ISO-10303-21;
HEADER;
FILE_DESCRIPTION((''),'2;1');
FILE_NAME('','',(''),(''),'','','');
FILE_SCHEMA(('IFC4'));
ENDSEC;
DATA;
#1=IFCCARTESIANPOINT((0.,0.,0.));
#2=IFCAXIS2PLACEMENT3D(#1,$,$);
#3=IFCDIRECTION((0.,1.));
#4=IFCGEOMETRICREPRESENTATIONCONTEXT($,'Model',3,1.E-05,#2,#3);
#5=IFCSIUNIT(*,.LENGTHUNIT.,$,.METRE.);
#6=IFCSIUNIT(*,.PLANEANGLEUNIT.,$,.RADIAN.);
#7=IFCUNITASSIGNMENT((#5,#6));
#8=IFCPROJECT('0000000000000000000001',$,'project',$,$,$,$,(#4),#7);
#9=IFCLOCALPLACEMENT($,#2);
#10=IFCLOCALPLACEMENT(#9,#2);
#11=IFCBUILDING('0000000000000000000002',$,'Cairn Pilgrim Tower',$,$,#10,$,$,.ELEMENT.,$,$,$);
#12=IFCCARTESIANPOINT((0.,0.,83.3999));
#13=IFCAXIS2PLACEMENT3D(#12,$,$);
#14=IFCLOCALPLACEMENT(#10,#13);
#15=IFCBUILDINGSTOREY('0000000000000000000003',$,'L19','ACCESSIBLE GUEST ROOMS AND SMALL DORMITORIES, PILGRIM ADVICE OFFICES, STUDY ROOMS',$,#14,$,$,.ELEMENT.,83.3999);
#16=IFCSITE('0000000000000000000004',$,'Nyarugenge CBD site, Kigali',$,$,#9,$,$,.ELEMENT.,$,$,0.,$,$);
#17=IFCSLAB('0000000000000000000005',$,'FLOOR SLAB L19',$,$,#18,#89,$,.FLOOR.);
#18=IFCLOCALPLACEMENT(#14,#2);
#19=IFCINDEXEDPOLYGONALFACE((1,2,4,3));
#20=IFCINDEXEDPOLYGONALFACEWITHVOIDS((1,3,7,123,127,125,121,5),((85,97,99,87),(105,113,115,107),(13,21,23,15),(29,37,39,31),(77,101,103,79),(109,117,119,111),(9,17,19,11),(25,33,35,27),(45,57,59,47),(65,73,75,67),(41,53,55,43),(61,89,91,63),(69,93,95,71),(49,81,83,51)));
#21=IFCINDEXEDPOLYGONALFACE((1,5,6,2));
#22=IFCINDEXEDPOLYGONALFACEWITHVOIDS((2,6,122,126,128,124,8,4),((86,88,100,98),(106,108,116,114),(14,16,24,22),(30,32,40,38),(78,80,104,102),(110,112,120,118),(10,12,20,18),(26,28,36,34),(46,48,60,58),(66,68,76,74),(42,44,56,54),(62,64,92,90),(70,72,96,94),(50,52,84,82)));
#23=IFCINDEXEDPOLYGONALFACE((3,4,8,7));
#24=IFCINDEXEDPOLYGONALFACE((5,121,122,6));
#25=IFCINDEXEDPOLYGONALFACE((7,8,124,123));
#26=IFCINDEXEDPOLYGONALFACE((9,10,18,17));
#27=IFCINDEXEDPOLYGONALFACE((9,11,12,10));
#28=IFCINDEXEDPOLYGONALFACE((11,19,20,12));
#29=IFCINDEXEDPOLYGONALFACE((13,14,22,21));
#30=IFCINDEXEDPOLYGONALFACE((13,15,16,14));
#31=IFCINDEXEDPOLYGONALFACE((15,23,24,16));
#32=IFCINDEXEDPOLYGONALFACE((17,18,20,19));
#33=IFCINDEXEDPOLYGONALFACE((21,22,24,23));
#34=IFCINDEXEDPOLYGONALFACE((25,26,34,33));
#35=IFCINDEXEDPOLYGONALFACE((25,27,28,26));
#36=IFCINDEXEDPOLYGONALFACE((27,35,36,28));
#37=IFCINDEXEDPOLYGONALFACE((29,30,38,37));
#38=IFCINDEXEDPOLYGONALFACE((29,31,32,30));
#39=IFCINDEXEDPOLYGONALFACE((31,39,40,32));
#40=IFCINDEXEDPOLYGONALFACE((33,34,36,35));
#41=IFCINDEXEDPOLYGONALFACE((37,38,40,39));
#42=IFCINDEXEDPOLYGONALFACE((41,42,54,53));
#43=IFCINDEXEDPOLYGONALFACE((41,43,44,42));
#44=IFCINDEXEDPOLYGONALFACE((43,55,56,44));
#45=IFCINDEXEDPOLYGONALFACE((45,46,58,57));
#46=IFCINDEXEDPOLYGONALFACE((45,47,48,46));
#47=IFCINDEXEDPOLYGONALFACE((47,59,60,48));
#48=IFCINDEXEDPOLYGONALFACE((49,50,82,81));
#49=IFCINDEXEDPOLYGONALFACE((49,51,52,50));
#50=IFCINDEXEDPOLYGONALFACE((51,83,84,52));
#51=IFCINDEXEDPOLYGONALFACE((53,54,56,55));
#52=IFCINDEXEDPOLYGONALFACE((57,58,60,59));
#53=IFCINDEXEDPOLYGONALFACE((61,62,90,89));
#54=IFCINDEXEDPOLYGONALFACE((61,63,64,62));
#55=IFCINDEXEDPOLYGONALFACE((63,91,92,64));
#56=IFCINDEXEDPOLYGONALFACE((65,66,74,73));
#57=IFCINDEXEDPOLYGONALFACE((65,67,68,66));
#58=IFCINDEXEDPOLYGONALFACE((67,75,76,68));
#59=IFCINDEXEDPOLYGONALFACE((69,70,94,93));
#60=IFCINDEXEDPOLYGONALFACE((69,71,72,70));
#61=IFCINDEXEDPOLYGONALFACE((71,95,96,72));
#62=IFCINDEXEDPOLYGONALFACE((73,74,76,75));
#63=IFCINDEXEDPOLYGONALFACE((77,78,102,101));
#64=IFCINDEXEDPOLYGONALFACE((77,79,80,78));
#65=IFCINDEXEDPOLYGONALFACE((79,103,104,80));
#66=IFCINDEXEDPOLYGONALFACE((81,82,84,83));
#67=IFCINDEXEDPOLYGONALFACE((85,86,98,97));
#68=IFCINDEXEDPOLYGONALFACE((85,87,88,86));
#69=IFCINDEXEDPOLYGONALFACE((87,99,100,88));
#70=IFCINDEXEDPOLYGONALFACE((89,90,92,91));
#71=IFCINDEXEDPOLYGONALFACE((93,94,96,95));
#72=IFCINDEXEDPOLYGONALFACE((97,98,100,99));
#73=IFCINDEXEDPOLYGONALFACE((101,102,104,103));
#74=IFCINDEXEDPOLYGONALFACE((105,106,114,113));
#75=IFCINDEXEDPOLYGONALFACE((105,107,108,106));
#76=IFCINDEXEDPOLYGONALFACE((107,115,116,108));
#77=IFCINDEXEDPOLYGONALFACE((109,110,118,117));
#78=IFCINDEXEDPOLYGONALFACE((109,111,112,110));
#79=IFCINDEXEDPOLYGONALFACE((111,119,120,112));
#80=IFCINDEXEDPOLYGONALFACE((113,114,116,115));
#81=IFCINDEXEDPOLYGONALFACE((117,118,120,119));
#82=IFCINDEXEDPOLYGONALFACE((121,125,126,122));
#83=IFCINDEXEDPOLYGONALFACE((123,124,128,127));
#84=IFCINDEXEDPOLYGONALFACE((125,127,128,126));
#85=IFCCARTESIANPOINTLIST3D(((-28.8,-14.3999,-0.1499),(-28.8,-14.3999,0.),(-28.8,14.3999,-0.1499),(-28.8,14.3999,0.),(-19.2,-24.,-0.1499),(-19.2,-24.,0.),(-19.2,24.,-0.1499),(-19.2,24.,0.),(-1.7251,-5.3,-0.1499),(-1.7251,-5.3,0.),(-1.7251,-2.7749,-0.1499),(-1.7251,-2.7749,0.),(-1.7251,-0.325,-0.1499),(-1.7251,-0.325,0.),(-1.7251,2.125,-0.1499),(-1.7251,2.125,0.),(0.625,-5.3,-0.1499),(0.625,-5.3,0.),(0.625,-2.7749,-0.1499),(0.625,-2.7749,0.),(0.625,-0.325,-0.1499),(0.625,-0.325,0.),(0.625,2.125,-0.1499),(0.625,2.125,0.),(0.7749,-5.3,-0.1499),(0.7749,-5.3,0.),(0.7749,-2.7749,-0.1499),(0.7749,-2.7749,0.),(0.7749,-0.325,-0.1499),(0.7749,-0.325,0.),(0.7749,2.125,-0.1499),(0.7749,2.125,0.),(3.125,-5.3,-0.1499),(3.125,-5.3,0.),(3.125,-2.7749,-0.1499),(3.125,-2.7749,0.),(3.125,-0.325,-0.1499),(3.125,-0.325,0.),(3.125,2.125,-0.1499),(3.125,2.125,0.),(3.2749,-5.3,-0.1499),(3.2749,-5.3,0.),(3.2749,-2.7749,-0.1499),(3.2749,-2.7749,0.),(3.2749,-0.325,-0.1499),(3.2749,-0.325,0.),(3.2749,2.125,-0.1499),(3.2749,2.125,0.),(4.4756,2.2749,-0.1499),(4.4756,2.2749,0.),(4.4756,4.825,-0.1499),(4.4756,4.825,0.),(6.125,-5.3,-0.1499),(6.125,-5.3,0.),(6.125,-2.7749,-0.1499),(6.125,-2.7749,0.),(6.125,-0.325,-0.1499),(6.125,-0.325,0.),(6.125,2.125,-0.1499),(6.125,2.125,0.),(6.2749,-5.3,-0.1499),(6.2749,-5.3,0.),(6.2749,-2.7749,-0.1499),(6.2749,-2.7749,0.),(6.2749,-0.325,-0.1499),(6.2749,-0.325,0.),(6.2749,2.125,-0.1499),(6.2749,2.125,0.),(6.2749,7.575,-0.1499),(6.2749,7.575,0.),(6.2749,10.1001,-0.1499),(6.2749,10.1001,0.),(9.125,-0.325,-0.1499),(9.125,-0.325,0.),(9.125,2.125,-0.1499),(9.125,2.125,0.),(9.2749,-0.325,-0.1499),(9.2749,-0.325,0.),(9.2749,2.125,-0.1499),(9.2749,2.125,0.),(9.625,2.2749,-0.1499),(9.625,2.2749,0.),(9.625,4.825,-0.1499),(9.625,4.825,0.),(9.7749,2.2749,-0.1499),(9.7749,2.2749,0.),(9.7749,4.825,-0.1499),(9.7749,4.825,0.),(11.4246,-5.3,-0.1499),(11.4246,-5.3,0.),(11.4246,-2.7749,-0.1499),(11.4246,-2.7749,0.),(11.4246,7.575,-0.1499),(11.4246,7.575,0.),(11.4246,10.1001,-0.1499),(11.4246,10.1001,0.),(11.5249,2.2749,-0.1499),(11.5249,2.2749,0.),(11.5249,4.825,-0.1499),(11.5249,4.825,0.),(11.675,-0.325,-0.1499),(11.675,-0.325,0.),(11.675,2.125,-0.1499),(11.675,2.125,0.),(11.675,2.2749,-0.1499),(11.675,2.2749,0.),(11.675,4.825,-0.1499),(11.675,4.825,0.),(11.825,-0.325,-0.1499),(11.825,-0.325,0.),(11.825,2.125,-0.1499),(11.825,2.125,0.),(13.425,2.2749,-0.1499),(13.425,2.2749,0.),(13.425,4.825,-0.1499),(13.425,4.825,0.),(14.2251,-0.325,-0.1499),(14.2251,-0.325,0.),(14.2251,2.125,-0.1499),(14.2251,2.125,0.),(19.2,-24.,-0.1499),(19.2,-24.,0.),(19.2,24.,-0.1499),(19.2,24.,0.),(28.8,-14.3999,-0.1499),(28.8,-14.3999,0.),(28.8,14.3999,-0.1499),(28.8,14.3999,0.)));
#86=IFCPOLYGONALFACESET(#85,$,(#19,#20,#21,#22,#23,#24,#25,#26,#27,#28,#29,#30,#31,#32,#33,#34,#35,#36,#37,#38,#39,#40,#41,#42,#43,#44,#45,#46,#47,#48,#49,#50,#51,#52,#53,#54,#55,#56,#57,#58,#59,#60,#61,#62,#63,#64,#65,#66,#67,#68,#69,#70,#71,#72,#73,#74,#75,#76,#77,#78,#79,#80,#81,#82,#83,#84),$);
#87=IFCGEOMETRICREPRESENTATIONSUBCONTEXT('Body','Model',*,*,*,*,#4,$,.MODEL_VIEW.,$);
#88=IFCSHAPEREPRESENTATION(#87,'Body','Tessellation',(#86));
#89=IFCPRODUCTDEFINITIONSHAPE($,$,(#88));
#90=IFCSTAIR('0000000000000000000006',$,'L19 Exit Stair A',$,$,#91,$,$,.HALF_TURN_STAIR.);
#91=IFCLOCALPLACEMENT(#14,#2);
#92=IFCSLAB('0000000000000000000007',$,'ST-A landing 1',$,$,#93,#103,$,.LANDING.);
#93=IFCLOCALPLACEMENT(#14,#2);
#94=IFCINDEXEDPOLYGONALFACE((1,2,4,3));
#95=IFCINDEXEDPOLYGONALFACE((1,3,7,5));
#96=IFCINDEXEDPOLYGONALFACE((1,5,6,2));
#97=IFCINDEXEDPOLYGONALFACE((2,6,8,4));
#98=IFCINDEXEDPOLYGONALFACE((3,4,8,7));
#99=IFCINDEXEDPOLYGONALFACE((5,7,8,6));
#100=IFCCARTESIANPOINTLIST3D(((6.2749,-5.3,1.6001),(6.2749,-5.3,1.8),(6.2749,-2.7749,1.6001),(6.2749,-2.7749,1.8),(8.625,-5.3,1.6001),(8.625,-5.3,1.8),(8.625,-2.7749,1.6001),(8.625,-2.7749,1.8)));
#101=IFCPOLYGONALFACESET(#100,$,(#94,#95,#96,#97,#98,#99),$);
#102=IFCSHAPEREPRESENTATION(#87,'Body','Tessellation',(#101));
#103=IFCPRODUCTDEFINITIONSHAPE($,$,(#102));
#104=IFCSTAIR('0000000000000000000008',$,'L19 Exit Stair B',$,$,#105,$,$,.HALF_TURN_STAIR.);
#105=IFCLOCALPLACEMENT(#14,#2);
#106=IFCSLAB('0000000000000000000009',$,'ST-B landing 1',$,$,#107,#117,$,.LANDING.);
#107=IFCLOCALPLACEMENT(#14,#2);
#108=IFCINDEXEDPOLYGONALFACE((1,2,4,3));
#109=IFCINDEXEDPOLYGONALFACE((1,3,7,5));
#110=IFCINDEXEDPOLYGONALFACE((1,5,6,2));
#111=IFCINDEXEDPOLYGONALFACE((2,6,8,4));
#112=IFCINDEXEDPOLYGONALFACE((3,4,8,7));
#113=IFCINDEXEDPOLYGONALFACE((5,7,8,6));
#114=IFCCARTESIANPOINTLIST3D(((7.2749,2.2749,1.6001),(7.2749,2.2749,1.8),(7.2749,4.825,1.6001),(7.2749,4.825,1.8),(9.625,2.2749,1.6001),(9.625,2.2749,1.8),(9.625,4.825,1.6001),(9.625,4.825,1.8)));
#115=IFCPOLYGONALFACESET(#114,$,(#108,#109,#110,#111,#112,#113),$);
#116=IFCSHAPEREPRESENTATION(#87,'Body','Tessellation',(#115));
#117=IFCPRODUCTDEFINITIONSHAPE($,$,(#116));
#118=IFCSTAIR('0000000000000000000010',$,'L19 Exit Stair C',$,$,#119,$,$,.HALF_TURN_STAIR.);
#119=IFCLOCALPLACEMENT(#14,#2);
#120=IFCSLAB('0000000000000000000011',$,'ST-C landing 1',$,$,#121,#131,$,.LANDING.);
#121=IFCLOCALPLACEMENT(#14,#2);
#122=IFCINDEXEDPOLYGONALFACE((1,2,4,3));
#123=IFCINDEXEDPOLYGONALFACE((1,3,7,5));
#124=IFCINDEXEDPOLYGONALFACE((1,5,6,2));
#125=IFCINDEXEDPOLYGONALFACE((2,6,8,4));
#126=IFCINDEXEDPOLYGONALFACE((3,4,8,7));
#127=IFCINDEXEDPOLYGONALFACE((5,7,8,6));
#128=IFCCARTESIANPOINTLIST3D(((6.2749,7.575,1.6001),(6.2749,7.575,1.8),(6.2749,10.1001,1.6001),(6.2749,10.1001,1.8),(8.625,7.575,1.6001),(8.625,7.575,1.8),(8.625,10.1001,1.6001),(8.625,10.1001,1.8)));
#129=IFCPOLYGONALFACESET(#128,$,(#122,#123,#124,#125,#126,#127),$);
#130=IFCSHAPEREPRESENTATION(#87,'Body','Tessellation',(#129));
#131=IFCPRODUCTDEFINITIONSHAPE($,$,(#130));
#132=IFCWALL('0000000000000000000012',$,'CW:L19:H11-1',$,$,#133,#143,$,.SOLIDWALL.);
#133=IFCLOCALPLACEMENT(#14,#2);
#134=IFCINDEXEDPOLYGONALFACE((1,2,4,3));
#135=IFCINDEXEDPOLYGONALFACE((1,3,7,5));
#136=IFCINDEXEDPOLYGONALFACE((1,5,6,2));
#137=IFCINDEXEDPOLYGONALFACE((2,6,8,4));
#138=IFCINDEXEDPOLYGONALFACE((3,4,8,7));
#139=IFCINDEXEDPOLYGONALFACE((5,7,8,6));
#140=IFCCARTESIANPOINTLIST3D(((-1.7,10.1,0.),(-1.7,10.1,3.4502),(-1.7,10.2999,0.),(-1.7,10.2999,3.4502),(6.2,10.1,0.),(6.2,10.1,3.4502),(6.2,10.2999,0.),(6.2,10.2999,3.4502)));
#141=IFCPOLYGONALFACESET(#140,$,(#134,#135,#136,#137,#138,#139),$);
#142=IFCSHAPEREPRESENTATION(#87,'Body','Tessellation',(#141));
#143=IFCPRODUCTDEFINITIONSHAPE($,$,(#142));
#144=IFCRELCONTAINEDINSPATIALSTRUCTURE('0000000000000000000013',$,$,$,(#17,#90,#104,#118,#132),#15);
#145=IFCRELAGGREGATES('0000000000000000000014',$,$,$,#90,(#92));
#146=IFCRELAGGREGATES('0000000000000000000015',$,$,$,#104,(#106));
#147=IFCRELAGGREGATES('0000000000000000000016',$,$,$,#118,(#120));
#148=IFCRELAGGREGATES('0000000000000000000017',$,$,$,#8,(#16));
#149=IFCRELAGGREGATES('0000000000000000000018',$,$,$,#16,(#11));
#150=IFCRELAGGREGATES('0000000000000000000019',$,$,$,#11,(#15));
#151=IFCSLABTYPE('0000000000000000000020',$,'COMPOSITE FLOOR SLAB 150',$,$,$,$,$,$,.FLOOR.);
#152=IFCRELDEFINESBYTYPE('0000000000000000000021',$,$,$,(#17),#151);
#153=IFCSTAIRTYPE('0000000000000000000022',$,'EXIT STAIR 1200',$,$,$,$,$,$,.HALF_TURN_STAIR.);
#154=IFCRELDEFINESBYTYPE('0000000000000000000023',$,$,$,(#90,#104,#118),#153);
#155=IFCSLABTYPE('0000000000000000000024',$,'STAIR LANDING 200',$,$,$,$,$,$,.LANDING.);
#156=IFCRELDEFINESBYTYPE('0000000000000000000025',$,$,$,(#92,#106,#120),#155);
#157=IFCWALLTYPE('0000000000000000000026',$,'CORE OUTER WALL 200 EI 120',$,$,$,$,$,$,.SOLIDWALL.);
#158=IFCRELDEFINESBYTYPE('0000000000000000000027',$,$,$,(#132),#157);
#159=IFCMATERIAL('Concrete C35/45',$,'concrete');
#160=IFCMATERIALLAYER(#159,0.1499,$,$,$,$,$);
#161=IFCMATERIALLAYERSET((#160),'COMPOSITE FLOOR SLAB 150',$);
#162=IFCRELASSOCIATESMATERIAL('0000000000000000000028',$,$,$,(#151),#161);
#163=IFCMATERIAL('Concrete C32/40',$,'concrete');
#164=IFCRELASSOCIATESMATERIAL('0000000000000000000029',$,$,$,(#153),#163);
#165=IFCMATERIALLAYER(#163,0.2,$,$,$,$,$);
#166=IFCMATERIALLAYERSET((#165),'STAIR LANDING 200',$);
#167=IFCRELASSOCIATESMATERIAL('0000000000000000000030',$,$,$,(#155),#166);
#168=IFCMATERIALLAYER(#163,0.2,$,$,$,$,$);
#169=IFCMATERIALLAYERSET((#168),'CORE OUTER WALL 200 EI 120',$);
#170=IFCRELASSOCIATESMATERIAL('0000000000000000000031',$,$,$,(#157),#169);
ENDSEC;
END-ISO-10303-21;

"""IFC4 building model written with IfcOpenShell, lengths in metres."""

from ifc_helpers import new_model, si_unit, direction, frame, frame_2d, origin, place, context, subcontext, project, spatial, polyline, rectangle, outline, extrude, material, layer, layer_set, type_object, element, aggregate, save


model = new_model("IFC4")

# Units and contexts
model_context = context("Model", 3, precision=1e-05, world=origin(), true_north=direction((0.0, 1.0)))
body_context = subcontext(model_context, "Body", "Model", "MODEL_VIEW")
ifc_project = project(units=[si_unit("LENGTHUNIT", "METRE"), si_unit("PLANEANGLEUNIT", "RADIAN")], contexts=[model_context])

# Site, building, storey
site_placement = place(None, origin())
site = spatial("IfcSite", under=ifc_project, at=site_placement, Name="Nyarugenge CBD site, Kigali", CompositionType="ELEMENT", RefElevation=0.0)
building_placement = place(site_placement, origin())
building = spatial("IfcBuilding", under=site, at=building_placement, Name="Cairn Pilgrim Tower", CompositionType="ELEMENT")
storey_placement = place(building_placement, frame((0.0, 0.0, 83.3999)))
storey = spatial("IfcBuildingStorey", under=building, at=storey_placement, Name="L19", Description="ACCESSIBLE GUEST ROOMS AND SMALL DORMITORIES, PILGRIM ADVICE OFFICES, STUDY ROOMS", CompositionType="ELEMENT", Elevation=83.3999)

# Slab
ifc_material_1 = material(Name="Concrete C35/45", Category="concrete")
ifc_layer_1 = layer(ifc_material_1, 0.1499)
ifc_layer_set_1 = layer_set([ifc_layer_1], Name="COMPOSITE FLOOR SLAB 150")
slab_type_1 = type_object("IfcSlabType", Name="COMPOSITE FLOOR SLAB 150", PredefinedType="FLOOR", material=ifc_layer_set_1)
slab_1_placement = place(storey_placement, frame((0.0, 0.0, -0.1499)))
element("IfcSlab", 1, at=slab_1_placement, inside=storey, type_object=slab_type_1, Name="FLOOR SLAB L19", PredefinedType="FLOOR", context=body_context, shape_type="SweptSolid", body=[
    extrude(outline(polyline([(-19.2, -24.0), (19.2, -24.0), (28.8, -14.3999), (28.8, 14.3999), (19.2, 24.0), (-19.2, 24.0), (-28.8, 14.3999), (-28.8, -14.3999), (-19.2, -24.0)]), holes=[polyline([(-1.7251, -5.3), (0.625, -5.3), (0.625, -2.7749), (-1.7251, -2.7749), (-1.7251, -5.3)]), polyline([(0.7749, -5.3), (3.125, -5.3), (3.125, -2.7749), (0.7749, -2.7749), (0.7749, -5.3)]), polyline([(-1.7251, -0.325), (0.625, -0.325), (0.625, 2.125), (-1.7251, 2.125), (-1.7251, -0.325)]), polyline([(0.7749, -0.325), (3.125, -0.325), (3.125, 2.125), (0.7749, 2.125), (0.7749, -0.325)]), polyline([(3.2749, -5.3), (6.125, -5.3), (6.125, -2.7749), (3.2749, -2.7749), (3.2749, -5.3)]), polyline([(3.2749, -0.325), (6.125, -0.325), (6.125, 2.125), (3.2749, 2.125), (3.2749, -0.325)]), polyline([(6.2749, -0.325), (9.125, -0.325), (9.125, 2.125), (6.2749, 2.125), (6.2749, -0.325)]), polyline([(9.2749, -0.325), (11.675, -0.325), (11.675, 2.125), (9.2749, 2.125), (9.2749, -0.325)]), polyline([(11.825, -0.325), (14.2251, -0.325), (14.2251, 2.125), (11.825, 2.125), (11.825, -0.325)]), polyline([(9.7749, 2.2749), (11.5249, 2.2749), (11.5249, 4.825), (9.7749, 4.825), (9.7749, 2.2749)]), polyline([(11.675, 2.2749), (13.425, 2.2749), (13.425, 4.825), (11.675, 4.825), (11.675, 2.2749)]), polyline([(11.4246, -2.7749), (6.2749, -2.7749), (6.2749, -5.3), (11.4246, -5.3), (11.4246, -2.7749)]), polyline([(4.4756, 2.2749), (9.625, 2.2749), (9.625, 4.825), (4.4756, 4.825), (4.4756, 2.2749)]), polyline([(11.4246, 10.1001), (6.2749, 10.1001), (6.2749, 7.575), (11.4246, 7.575), (11.4246, 10.1001)])]), origin(), (0.0, 0.0, 1.0), 0.1499),
])

# Stairs, slabs
ifc_material_2 = material(Name="Concrete C32/40", Category="concrete")
stair_type = type_object("IfcStairType", Name="EXIT STAIR 1200", PredefinedType="HALF_TURN_STAIR", material=ifc_material_2)
stair_1_placement = place(storey_placement, origin())
stair_1 = element("IfcStair", 2, at=stair_1_placement, inside=storey, type_object=stair_type, Name="L19 Exit Stair A", PredefinedType="HALF_TURN_STAIR")
ifc_layer_2 = layer(ifc_material_2, 0.2)
ifc_layer_set_2 = layer_set([ifc_layer_2], Name="STAIR LANDING 200")
slab_type_2 = type_object("IfcSlabType", Name="STAIR LANDING 200", PredefinedType="LANDING", material=ifc_layer_set_2)
slab_2_placement = place(storey_placement, frame((0.0, 0.0, 1.6001)))
slab_2 = element("IfcSlab", 3, at=slab_2_placement, type_object=slab_type_2, Name="ST-A landing 1", PredefinedType="LANDING", context=body_context, shape_type="SweptSolid", body=[
    extrude(outline(polyline([(8.625, -2.7749), (6.2749, -2.7749), (6.2749, -5.3), (8.625, -5.3), (8.625, -2.7749)])), origin(), (0.0, 0.0, 1.0), 0.2),
])
aggregate(stair_1, [slab_2])
stair_2_placement = place(storey_placement, origin())
stair_2 = element("IfcStair", 4, at=stair_2_placement, inside=storey, type_object=stair_type, Name="L19 Exit Stair B", PredefinedType="HALF_TURN_STAIR")
slab_3_placement = place(storey_placement, frame((0.0, 0.0, 1.6001)))
slab_3 = element("IfcSlab", 5, at=slab_3_placement, type_object=slab_type_2, Name="ST-B landing 1", PredefinedType="LANDING", context=body_context, shape_type="SweptSolid", body=[
    extrude(outline(polyline([(7.2749, 2.2749), (9.625, 2.2749), (9.625, 4.825), (7.2749, 4.825), (7.2749, 2.2749)])), origin(), (0.0, 0.0, 1.0), 0.2),
])
aggregate(stair_2, [slab_3])
stair_3_placement = place(storey_placement, origin())
stair_3 = element("IfcStair", 6, at=stair_3_placement, inside=storey, type_object=stair_type, Name="L19 Exit Stair C", PredefinedType="HALF_TURN_STAIR")
slab_4_placement = place(storey_placement, frame((0.0, 0.0, 1.6001)))
slab_4 = element("IfcSlab", 7, at=slab_4_placement, type_object=slab_type_2, Name="ST-C landing 1", PredefinedType="LANDING", context=body_context, shape_type="SweptSolid", body=[
    extrude(outline(polyline([(8.625, 10.1001), (6.2749, 10.1001), (6.2749, 7.575), (8.625, 7.575), (8.625, 10.1001)])), origin(), (0.0, 0.0, 1.0), 0.2),
])
aggregate(stair_3, [slab_4])

# Wall
ifc_layer_3 = layer(ifc_material_2, 0.2)
ifc_layer_set_3 = layer_set([ifc_layer_3], Name="CORE OUTER WALL 200 EI 120")
wall_type_1 = type_object("IfcWallType", Name="CORE OUTER WALL 200 EI 120", PredefinedType="SOLIDWALL", material=ifc_layer_set_3)
wall_1_placement = place(storey_placement, frame((-1.7, 10.2, 0.0), z_axis=(0.0, 0.0, 1.0), x_axis=(1.0, 0.0, 0.0)))
element("IfcWall", 8, at=wall_1_placement, inside=storey, type_object=wall_type_1, Name="CW:L19:H11-1", PredefinedType="SOLIDWALL", context=body_context, shape_type="SweptSolid", body=[
    extrude(rectangle(XDim=7.8999, YDim=0.2, at=frame_2d((3.95, 0.0))), origin(), (0.0, 0.0, 1.0), 3.4502),
])

save(model, "model.ifc")
